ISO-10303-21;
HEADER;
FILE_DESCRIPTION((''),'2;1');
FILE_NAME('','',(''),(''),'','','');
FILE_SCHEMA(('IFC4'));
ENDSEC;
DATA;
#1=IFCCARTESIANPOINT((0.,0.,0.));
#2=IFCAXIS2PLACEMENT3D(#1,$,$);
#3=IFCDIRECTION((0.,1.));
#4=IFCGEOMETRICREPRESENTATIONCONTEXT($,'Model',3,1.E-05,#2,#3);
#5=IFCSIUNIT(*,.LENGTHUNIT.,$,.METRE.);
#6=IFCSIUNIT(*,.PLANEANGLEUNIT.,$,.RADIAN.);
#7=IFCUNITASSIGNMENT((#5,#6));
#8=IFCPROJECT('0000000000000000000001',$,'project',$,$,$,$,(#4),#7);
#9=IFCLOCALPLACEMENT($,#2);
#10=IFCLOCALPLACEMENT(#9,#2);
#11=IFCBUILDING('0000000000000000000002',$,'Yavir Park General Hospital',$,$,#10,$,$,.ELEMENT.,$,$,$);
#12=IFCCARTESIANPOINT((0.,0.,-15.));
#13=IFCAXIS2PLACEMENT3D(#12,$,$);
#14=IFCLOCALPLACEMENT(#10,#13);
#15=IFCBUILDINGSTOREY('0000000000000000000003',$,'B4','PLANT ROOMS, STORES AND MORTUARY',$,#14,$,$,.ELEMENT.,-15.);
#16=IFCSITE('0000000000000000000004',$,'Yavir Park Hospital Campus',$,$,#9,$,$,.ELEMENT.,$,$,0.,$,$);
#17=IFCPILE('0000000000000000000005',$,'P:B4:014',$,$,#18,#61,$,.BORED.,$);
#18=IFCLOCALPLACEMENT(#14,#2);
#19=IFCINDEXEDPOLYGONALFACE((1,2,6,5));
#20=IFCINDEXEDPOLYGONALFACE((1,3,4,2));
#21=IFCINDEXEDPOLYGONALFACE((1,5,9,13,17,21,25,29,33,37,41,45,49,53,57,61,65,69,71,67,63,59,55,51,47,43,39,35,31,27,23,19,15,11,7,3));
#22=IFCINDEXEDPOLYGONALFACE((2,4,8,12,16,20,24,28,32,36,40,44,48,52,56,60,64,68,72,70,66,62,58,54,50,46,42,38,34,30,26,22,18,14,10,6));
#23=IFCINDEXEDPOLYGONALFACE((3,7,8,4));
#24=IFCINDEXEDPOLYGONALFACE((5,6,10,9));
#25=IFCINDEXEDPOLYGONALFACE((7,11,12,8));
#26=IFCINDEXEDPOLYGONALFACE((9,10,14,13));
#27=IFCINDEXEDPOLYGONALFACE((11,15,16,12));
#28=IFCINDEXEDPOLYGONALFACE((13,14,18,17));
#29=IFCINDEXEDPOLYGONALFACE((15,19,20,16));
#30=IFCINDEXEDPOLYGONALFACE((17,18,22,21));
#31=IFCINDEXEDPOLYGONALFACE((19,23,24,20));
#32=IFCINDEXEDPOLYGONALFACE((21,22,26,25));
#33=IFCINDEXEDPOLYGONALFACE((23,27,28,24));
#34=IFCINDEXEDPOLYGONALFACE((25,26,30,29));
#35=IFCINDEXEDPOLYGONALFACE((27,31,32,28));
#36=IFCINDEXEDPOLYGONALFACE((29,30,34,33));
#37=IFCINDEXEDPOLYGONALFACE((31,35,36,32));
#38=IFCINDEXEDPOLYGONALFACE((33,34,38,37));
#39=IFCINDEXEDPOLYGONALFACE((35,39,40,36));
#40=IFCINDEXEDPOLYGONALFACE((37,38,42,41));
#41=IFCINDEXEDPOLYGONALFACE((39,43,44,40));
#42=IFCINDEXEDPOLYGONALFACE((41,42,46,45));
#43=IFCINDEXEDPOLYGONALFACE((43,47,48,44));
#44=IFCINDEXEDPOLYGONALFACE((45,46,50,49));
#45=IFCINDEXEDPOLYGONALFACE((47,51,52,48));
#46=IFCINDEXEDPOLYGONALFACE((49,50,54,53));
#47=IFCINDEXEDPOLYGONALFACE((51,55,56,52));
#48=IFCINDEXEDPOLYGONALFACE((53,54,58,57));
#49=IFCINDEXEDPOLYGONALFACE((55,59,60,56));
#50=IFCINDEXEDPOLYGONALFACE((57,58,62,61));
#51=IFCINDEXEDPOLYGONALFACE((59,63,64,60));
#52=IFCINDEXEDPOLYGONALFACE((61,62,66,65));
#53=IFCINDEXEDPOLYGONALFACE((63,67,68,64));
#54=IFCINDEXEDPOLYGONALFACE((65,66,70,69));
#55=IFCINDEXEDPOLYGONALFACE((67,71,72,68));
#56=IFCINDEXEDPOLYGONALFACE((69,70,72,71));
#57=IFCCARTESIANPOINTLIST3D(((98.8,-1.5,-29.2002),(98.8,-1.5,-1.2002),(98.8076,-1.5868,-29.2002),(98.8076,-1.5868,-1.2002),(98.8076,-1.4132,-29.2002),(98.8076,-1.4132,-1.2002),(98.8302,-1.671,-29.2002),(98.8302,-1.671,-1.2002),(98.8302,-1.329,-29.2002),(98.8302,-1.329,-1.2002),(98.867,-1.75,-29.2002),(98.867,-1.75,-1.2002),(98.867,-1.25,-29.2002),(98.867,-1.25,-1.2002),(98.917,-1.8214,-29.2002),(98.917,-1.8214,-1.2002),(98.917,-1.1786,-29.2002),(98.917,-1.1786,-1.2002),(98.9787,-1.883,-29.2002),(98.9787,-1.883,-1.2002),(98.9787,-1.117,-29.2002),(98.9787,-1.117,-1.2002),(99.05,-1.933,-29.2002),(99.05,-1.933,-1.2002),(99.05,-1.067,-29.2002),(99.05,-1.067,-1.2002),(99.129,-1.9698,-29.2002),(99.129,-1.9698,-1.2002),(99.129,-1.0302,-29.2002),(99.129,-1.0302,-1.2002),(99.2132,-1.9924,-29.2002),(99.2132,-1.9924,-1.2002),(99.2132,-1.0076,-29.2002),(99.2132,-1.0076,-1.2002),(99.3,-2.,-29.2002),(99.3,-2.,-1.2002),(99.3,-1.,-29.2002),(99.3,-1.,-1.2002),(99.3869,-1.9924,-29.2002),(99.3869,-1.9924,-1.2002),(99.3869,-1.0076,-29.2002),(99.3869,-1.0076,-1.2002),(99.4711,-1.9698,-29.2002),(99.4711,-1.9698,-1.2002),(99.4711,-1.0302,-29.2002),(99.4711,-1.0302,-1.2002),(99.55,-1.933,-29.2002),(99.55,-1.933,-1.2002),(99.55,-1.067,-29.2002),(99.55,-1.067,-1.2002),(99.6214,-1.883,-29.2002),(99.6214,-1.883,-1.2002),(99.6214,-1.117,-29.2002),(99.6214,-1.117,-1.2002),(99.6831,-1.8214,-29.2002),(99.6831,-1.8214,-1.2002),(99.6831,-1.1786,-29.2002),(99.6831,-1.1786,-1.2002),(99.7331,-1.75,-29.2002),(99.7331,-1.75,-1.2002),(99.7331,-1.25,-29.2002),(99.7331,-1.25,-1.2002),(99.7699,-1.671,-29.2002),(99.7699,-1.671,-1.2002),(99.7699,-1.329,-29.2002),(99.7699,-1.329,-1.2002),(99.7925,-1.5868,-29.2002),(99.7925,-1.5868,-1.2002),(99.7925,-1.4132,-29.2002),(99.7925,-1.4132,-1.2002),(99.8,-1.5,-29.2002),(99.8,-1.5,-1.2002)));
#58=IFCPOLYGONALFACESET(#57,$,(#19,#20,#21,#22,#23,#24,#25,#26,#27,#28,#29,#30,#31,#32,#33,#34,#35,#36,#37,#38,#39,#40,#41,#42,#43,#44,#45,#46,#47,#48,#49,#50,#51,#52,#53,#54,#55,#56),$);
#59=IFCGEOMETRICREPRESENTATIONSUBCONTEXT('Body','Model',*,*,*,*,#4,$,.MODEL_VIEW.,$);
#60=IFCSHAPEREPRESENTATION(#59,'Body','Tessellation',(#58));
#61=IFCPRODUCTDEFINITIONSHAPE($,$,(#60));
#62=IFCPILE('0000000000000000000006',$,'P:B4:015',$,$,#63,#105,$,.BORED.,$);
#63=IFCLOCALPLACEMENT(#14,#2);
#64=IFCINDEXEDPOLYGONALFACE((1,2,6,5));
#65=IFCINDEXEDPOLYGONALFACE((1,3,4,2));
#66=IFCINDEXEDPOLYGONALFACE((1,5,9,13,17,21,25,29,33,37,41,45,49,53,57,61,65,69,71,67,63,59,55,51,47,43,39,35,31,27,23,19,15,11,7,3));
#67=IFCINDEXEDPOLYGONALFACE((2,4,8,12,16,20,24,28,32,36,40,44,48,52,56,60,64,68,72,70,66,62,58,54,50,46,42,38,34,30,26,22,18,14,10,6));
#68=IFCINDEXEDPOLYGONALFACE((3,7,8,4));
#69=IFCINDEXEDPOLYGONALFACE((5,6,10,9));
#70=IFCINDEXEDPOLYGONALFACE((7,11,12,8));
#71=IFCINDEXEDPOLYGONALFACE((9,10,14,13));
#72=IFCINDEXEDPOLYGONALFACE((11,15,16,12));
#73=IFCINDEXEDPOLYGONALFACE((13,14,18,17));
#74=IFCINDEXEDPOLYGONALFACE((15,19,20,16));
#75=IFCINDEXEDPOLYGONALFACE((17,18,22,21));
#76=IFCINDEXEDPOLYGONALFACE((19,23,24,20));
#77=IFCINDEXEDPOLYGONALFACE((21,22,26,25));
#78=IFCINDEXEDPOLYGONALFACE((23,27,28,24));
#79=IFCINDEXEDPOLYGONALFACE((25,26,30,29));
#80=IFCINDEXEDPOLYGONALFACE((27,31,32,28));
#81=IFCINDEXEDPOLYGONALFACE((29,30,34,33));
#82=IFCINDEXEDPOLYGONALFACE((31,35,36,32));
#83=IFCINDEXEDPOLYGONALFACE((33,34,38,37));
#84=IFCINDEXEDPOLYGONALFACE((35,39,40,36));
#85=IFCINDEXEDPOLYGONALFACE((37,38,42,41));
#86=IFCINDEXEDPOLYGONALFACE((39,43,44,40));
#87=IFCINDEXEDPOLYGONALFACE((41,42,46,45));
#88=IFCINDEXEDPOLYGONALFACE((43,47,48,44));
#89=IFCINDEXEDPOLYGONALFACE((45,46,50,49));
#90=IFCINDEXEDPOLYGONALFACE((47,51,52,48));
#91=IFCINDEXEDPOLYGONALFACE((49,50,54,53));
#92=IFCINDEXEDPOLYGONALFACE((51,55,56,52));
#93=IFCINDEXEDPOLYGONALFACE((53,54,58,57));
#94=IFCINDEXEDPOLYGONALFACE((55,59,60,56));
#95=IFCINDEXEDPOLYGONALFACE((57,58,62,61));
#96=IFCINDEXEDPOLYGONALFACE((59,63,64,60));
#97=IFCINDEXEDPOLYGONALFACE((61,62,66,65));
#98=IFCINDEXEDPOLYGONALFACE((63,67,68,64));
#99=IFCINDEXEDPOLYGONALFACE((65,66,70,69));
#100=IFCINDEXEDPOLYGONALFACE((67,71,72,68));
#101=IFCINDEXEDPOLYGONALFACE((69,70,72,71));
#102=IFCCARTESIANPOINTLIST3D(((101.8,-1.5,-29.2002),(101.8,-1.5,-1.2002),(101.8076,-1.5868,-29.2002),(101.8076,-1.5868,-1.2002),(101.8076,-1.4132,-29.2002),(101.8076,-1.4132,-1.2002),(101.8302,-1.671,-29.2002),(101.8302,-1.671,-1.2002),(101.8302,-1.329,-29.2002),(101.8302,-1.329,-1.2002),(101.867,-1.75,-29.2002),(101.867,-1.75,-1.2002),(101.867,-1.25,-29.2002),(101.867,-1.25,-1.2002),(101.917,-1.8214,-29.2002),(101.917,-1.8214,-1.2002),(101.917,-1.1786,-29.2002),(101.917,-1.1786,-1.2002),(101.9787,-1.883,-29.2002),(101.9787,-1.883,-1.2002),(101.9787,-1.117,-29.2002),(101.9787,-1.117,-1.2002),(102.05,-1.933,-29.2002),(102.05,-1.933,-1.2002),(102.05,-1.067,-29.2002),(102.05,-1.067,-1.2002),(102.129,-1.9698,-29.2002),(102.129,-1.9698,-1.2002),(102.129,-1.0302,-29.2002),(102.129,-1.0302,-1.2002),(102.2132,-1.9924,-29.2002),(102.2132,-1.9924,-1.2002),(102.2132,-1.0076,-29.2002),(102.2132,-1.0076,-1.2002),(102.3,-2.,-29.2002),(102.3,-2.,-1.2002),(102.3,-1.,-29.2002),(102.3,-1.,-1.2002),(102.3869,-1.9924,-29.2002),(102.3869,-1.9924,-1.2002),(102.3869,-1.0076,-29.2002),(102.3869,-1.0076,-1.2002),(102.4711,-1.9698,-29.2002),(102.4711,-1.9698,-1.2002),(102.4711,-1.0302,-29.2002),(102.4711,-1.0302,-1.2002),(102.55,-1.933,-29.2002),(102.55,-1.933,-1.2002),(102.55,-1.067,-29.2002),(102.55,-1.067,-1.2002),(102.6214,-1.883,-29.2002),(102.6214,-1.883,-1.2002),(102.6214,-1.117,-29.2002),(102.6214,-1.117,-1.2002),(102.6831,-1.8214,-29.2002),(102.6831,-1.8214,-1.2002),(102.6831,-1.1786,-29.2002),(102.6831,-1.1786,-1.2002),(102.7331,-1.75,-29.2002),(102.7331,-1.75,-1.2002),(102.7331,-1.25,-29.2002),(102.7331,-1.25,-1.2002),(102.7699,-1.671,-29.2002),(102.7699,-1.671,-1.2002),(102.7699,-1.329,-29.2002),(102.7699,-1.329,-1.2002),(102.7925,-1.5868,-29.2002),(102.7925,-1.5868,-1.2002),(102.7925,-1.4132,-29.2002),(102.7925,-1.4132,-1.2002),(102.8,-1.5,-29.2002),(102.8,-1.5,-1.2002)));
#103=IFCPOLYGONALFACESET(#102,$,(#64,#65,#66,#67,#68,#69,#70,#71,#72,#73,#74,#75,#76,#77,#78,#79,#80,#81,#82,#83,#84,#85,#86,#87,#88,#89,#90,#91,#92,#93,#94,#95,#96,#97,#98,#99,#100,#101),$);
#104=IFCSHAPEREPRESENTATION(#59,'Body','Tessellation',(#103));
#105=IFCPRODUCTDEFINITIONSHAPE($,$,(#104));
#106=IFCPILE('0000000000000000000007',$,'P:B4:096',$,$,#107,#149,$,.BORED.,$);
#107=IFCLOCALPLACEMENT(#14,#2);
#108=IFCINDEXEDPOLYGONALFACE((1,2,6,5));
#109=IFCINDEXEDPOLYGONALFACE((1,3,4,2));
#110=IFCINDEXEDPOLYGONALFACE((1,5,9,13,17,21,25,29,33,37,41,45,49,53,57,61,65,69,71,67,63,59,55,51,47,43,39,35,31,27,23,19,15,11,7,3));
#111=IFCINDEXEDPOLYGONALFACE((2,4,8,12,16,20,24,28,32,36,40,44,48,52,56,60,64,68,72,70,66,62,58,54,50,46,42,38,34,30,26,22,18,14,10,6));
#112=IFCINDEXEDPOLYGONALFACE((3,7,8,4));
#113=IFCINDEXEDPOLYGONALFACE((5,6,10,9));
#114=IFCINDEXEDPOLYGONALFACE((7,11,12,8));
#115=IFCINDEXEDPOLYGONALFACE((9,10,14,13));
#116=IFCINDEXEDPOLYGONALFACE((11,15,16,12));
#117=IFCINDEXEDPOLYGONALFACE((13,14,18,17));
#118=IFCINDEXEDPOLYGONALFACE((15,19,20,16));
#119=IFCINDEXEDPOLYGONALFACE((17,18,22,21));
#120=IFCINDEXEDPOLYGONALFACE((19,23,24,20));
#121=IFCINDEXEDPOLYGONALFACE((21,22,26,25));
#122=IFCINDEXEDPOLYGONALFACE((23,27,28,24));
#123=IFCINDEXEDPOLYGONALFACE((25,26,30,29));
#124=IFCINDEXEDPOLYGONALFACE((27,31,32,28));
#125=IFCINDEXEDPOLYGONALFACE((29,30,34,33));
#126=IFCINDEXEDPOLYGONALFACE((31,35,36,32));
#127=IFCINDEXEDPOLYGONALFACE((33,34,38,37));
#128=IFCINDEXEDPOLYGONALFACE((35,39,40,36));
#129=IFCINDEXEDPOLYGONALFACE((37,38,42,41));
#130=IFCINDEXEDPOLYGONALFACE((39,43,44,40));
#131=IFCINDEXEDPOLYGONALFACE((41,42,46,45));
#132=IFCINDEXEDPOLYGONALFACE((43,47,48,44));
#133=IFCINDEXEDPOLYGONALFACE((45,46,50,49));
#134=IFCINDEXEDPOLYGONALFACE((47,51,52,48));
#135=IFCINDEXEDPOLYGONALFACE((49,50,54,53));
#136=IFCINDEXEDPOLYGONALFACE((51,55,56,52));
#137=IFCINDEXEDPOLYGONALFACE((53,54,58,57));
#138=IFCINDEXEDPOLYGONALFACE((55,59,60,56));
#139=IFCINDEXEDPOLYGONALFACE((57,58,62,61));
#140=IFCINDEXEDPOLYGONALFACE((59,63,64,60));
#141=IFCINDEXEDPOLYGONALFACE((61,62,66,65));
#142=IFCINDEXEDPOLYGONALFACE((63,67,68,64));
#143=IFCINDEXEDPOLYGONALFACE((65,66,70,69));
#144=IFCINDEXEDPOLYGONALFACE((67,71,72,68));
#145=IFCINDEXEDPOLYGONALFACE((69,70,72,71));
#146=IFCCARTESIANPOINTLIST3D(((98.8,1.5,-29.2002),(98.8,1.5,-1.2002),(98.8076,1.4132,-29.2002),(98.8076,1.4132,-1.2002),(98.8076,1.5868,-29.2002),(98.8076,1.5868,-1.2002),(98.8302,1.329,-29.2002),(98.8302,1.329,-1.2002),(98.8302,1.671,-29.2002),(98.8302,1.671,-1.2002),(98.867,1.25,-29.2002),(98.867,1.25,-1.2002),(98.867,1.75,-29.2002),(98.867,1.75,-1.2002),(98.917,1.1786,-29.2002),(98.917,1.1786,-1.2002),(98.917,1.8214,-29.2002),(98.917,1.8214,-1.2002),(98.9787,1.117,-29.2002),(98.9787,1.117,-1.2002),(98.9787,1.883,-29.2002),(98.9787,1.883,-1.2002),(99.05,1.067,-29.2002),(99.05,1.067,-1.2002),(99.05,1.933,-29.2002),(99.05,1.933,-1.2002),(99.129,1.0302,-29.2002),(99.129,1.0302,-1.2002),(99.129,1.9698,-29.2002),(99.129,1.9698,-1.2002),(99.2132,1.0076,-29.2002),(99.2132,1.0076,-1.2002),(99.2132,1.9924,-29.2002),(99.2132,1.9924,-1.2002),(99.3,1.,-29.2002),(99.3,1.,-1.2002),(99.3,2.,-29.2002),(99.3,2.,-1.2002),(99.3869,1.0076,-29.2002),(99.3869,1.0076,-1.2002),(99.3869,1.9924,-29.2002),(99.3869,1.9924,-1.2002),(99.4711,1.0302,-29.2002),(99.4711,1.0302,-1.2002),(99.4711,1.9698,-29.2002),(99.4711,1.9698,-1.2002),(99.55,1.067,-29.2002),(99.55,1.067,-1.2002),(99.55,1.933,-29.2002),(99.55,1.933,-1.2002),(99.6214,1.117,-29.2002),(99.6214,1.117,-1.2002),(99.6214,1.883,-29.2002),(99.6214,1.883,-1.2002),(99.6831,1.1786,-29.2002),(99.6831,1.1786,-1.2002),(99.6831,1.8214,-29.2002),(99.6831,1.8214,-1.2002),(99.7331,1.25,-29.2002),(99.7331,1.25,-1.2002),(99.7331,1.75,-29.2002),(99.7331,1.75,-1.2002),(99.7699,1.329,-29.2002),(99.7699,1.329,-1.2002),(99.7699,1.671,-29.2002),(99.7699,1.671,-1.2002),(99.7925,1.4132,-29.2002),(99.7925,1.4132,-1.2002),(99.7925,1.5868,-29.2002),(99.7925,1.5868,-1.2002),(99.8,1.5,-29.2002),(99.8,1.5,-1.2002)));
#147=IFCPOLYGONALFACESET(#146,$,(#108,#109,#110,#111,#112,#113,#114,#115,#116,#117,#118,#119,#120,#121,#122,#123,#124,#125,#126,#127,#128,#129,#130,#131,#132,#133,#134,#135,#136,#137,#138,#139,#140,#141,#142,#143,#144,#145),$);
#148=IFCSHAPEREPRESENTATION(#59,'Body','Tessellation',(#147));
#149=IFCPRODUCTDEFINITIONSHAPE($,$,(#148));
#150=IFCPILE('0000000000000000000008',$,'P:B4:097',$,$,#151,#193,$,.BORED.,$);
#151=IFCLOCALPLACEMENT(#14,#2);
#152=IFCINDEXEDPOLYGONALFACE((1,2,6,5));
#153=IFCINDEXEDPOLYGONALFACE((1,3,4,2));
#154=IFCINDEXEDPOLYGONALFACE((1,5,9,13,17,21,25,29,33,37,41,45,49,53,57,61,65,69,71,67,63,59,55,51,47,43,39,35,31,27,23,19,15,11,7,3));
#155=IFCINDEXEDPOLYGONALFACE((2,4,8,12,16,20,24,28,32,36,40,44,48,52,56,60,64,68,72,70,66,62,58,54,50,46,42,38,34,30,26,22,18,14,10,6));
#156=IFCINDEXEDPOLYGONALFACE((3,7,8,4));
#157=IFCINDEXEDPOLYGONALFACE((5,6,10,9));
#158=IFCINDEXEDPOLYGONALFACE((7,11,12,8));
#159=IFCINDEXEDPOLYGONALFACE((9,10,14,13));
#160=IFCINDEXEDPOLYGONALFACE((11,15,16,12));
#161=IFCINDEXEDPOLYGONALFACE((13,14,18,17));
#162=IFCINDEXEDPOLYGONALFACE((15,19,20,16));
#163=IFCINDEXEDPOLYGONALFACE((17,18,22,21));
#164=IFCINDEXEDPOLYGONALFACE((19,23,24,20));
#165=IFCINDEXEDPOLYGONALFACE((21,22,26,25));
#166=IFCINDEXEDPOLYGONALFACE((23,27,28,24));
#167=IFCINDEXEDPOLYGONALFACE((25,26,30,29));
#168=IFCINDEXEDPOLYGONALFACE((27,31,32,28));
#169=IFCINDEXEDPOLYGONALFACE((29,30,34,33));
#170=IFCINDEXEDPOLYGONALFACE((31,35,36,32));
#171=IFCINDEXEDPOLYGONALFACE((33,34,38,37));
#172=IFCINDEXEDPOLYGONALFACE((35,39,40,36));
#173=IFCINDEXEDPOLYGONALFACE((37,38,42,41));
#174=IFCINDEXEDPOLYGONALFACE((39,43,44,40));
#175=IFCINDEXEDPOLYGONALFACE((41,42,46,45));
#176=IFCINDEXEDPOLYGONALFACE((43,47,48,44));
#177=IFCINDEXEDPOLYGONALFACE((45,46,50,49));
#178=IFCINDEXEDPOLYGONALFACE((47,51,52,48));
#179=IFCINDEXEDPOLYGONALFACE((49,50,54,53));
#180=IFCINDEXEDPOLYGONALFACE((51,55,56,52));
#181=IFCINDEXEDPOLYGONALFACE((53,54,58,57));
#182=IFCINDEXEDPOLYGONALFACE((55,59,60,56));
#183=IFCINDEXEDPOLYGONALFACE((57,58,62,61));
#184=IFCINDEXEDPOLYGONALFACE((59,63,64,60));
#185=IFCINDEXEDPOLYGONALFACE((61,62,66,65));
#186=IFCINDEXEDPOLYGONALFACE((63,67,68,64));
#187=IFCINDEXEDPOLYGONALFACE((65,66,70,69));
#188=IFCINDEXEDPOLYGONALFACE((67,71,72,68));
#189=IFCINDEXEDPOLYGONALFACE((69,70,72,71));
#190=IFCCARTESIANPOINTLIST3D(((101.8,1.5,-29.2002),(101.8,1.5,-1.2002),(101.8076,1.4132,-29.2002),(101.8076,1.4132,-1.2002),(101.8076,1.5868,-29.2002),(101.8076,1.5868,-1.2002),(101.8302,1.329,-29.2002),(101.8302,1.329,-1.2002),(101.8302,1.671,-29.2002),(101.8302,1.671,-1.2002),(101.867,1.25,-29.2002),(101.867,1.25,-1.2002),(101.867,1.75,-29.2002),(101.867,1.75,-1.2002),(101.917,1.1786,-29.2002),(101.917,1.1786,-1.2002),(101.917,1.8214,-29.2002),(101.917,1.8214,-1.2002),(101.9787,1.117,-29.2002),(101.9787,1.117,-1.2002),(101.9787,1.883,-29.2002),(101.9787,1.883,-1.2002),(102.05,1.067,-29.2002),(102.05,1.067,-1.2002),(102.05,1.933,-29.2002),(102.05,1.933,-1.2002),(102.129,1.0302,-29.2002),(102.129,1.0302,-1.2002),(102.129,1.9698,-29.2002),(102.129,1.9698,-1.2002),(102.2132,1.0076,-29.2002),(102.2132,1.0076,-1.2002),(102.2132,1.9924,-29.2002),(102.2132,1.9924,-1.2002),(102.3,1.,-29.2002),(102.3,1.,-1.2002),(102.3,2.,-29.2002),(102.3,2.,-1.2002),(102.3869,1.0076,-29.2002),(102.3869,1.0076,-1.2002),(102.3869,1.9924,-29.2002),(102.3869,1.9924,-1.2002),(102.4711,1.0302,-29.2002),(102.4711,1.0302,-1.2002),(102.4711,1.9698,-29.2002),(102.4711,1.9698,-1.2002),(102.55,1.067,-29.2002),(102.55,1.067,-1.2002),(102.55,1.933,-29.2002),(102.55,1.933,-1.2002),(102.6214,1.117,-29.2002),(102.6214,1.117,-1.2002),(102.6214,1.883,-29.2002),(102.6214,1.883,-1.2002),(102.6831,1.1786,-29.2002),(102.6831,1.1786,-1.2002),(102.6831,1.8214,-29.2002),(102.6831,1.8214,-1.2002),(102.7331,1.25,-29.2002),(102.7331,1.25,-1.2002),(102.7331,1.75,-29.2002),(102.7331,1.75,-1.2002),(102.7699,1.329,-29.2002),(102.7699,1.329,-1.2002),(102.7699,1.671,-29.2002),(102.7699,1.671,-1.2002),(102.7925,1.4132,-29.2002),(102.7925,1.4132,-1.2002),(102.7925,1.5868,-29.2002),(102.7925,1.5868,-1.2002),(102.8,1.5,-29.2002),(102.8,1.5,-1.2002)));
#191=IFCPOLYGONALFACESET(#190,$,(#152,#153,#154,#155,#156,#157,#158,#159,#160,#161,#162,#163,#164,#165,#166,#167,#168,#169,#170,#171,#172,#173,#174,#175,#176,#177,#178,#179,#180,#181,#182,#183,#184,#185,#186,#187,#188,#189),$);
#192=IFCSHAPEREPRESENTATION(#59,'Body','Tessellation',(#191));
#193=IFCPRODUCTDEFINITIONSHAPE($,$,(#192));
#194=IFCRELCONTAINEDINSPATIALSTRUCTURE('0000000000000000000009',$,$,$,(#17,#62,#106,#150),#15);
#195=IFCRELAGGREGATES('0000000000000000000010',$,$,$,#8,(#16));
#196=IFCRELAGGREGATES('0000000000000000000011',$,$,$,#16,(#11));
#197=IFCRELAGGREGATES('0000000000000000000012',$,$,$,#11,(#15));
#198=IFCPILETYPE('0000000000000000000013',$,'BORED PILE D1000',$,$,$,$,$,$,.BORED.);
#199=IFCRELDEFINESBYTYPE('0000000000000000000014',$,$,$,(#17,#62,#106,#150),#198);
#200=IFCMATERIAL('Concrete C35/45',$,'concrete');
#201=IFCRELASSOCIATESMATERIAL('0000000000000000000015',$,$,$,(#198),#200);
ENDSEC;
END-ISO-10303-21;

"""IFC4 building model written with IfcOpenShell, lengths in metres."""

from ifc_helpers import new_model, si_unit, direction, frame, origin, origin_2d, place, context, subcontext, project, spatial, circle, extrude, material, material_profile, profile_set, type_object, element, save


model = new_model("IFC4")

# Units and contexts
model_context = context("Model", 3, precision=1e-05, world=origin(), true_north=direction((0.0, 1.0)))
body_context = subcontext(model_context, "Body", "Model", "MODEL_VIEW")
ifc_project = project(units=[si_unit("LENGTHUNIT", "METRE"), si_unit("PLANEANGLEUNIT", "RADIAN")], contexts=[model_context])

# Site, building, storey
site_placement = place(None, origin())
site = spatial("IfcSite", under=ifc_project, at=site_placement, Name="Yavir Park Hospital Campus", CompositionType="ELEMENT", RefElevation=0.0)
building_placement = place(site_placement, origin())
building = spatial("IfcBuilding", under=site, at=building_placement, Name="Yavir Park General Hospital", CompositionType="ELEMENT")
storey_placement = place(building_placement, frame((0.0, 0.0, -15.0)))
storey = spatial("IfcBuildingStorey", under=building, at=storey_placement, Name="B4", Description="PLANT ROOMS, STORES AND MORTUARY", CompositionType="ELEMENT", Elevation=-15.0)

# Piles
ifc_material_1 = material(Name="Concrete C35/45", Category="concrete")
ifc_material_profile_1 = material_profile(ifc_material_1, circle(Radius=0.5, at=origin_2d()), Name="D1000")
ifc_profile_set_1 = profile_set([ifc_material_profile_1], Name="Concrete C35/45")
pile_type_1 = type_object("IfcPileType", Name="BORED PILE D1000", PredefinedType="BORED", material=ifc_profile_set_1)
for number, where, z_axis, x_axis, name in (
    (1, (99.3, -1.5, -1.2002), (0.0, 0.0, -1.0), (1.0, 0.0, 0.0), "P:B4:014"),
    (2, (102.3, -1.5, -1.2002), (0.0, 0.0, -1.0), (1.0, 0.0, 0.0), "P:B4:015"),
    (3, (99.3, 1.5, -1.2002), (0.0, 0.0, -1.0), (1.0, 0.0, 0.0), "P:B4:096"),
    (4, (102.3, 1.5, -1.2002), (0.0, 0.0, -1.0), (1.0, 0.0, 0.0), "P:B4:097"),
):
    element("IfcPile", number, at=place(storey_placement, frame(where, z_axis=z_axis, x_axis=x_axis)), inside=storey, type_object=pile_type_1, Name=name, PredefinedType="BORED", context=body_context, shape_type="SweptSolid", body=[
        extrude(circle(Radius=0.5, at=origin_2d()), origin(), (0.0, 0.0, 1.0), 28.0),
    ])

save(model, "model.ifc")
